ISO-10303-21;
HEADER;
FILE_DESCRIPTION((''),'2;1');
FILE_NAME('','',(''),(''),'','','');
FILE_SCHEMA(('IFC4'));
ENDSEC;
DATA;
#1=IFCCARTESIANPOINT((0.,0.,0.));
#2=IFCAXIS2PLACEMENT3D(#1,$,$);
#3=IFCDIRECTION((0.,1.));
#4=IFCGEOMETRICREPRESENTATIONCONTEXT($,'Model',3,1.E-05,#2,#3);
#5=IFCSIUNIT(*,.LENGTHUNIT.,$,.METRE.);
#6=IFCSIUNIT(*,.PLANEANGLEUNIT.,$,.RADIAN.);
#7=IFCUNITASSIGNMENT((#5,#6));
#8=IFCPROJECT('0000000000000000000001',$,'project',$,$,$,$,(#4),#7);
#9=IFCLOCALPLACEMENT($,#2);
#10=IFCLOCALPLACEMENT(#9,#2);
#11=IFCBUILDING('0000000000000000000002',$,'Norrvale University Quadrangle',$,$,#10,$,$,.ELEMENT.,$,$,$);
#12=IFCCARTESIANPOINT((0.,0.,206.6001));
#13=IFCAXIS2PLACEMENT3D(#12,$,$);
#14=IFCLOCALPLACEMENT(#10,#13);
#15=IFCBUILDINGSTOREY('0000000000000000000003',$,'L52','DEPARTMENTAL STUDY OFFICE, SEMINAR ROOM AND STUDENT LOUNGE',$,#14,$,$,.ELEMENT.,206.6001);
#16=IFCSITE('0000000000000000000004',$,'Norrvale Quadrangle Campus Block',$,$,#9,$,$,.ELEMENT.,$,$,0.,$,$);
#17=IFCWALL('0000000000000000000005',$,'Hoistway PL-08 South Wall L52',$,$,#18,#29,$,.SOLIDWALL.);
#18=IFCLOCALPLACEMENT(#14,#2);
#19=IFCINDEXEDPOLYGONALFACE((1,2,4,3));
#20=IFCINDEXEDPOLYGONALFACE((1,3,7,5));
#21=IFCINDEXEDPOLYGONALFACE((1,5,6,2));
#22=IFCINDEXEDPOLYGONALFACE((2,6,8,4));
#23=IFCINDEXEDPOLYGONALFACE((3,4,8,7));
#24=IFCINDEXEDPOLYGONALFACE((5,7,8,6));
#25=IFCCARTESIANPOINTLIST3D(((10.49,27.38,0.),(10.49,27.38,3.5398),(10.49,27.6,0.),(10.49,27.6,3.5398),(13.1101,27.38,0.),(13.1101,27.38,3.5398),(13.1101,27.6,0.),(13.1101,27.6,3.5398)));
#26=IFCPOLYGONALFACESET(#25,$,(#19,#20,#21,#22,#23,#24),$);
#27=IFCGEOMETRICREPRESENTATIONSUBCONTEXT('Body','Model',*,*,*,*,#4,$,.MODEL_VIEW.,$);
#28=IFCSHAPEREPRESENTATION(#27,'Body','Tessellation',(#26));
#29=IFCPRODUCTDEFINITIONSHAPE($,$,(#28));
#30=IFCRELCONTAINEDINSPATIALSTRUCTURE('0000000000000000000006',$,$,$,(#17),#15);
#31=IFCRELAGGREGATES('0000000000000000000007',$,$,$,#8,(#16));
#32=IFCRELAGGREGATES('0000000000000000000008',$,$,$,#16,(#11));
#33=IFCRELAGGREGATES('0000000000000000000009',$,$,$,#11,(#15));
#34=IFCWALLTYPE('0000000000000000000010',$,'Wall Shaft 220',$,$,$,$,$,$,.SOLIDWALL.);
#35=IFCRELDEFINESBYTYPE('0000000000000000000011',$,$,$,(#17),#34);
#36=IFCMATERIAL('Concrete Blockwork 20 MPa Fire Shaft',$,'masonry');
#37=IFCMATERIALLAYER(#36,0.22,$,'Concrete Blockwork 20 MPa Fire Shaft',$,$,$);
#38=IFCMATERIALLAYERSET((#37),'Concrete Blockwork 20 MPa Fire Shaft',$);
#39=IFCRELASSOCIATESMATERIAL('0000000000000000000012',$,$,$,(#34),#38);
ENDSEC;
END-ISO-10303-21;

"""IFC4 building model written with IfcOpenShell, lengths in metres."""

from ifc_helpers import new_model, si_unit, direction, frame, frame_2d, origin, place, context, subcontext, project, spatial, rectangle, extrude, material, layer, layer_set, type_object, element, save


model = new_model("IFC4")

# Units and contexts
model_context = context("Model", 3, precision=1e-05, world=origin(), true_north=direction((0.0, 1.0)))
body_context = subcontext(model_context, "Body", "Model", "MODEL_VIEW")
ifc_project = project(units=[si_unit("LENGTHUNIT", "METRE"), si_unit("PLANEANGLEUNIT", "RADIAN")], contexts=[model_context])

# Site, building, storey
site_placement = place(None, origin())
site = spatial("IfcSite", under=ifc_project, at=site_placement, Name="Norrvale Quadrangle Campus Block", CompositionType="ELEMENT", RefElevation=0.0)
building_placement = place(site_placement, origin())
building = spatial("IfcBuilding", under=site, at=building_placement, Name="Norrvale University Quadrangle", CompositionType="ELEMENT")
storey_placement = place(building_placement, frame((0.0, 0.0, 206.6001)))
storey = spatial("IfcBuildingStorey", under=building, at=storey_placement, Name="L52", Description="DEPARTMENTAL STUDY OFFICE, SEMINAR ROOM AND STUDENT LOUNGE", CompositionType="ELEMENT", Elevation=206.6001)

# Shared definitions
ifc_material_1 = material(Name="Concrete Blockwork 20 MPa Fire Shaft", Category="masonry")
ifc_layer_1 = layer(ifc_material_1, 0.22, Name="Concrete Blockwork 20 MPa Fire Shaft")
ifc_layer_set_1 = layer_set([ifc_layer_1], Name="Concrete Blockwork 20 MPa Fire Shaft")
wall_type_1 = type_object("IfcWallType", Name="Wall Shaft 220", PredefinedType="SOLIDWALL", material=ifc_layer_set_1)

# Wall
wall_1_placement = place(storey_placement, frame((10.49, 27.49, 0.0), z_axis=(0.0, 0.0, 1.0), x_axis=(1.0, 0.0, 0.0)))
element("IfcWall", 1, at=wall_1_placement, inside=storey, type_object=wall_type_1, Name="Hoistway PL-08 South Wall L52", PredefinedType="SOLIDWALL", context=body_context, shape_type="SweptSolid", body=[
    extrude(rectangle(XDim=2.6201, YDim=0.22, at=frame_2d((1.3101, 0.0))), origin(), (0.0, 0.0, 1.0), 3.5398),
])

save(model, "model.ifc")
